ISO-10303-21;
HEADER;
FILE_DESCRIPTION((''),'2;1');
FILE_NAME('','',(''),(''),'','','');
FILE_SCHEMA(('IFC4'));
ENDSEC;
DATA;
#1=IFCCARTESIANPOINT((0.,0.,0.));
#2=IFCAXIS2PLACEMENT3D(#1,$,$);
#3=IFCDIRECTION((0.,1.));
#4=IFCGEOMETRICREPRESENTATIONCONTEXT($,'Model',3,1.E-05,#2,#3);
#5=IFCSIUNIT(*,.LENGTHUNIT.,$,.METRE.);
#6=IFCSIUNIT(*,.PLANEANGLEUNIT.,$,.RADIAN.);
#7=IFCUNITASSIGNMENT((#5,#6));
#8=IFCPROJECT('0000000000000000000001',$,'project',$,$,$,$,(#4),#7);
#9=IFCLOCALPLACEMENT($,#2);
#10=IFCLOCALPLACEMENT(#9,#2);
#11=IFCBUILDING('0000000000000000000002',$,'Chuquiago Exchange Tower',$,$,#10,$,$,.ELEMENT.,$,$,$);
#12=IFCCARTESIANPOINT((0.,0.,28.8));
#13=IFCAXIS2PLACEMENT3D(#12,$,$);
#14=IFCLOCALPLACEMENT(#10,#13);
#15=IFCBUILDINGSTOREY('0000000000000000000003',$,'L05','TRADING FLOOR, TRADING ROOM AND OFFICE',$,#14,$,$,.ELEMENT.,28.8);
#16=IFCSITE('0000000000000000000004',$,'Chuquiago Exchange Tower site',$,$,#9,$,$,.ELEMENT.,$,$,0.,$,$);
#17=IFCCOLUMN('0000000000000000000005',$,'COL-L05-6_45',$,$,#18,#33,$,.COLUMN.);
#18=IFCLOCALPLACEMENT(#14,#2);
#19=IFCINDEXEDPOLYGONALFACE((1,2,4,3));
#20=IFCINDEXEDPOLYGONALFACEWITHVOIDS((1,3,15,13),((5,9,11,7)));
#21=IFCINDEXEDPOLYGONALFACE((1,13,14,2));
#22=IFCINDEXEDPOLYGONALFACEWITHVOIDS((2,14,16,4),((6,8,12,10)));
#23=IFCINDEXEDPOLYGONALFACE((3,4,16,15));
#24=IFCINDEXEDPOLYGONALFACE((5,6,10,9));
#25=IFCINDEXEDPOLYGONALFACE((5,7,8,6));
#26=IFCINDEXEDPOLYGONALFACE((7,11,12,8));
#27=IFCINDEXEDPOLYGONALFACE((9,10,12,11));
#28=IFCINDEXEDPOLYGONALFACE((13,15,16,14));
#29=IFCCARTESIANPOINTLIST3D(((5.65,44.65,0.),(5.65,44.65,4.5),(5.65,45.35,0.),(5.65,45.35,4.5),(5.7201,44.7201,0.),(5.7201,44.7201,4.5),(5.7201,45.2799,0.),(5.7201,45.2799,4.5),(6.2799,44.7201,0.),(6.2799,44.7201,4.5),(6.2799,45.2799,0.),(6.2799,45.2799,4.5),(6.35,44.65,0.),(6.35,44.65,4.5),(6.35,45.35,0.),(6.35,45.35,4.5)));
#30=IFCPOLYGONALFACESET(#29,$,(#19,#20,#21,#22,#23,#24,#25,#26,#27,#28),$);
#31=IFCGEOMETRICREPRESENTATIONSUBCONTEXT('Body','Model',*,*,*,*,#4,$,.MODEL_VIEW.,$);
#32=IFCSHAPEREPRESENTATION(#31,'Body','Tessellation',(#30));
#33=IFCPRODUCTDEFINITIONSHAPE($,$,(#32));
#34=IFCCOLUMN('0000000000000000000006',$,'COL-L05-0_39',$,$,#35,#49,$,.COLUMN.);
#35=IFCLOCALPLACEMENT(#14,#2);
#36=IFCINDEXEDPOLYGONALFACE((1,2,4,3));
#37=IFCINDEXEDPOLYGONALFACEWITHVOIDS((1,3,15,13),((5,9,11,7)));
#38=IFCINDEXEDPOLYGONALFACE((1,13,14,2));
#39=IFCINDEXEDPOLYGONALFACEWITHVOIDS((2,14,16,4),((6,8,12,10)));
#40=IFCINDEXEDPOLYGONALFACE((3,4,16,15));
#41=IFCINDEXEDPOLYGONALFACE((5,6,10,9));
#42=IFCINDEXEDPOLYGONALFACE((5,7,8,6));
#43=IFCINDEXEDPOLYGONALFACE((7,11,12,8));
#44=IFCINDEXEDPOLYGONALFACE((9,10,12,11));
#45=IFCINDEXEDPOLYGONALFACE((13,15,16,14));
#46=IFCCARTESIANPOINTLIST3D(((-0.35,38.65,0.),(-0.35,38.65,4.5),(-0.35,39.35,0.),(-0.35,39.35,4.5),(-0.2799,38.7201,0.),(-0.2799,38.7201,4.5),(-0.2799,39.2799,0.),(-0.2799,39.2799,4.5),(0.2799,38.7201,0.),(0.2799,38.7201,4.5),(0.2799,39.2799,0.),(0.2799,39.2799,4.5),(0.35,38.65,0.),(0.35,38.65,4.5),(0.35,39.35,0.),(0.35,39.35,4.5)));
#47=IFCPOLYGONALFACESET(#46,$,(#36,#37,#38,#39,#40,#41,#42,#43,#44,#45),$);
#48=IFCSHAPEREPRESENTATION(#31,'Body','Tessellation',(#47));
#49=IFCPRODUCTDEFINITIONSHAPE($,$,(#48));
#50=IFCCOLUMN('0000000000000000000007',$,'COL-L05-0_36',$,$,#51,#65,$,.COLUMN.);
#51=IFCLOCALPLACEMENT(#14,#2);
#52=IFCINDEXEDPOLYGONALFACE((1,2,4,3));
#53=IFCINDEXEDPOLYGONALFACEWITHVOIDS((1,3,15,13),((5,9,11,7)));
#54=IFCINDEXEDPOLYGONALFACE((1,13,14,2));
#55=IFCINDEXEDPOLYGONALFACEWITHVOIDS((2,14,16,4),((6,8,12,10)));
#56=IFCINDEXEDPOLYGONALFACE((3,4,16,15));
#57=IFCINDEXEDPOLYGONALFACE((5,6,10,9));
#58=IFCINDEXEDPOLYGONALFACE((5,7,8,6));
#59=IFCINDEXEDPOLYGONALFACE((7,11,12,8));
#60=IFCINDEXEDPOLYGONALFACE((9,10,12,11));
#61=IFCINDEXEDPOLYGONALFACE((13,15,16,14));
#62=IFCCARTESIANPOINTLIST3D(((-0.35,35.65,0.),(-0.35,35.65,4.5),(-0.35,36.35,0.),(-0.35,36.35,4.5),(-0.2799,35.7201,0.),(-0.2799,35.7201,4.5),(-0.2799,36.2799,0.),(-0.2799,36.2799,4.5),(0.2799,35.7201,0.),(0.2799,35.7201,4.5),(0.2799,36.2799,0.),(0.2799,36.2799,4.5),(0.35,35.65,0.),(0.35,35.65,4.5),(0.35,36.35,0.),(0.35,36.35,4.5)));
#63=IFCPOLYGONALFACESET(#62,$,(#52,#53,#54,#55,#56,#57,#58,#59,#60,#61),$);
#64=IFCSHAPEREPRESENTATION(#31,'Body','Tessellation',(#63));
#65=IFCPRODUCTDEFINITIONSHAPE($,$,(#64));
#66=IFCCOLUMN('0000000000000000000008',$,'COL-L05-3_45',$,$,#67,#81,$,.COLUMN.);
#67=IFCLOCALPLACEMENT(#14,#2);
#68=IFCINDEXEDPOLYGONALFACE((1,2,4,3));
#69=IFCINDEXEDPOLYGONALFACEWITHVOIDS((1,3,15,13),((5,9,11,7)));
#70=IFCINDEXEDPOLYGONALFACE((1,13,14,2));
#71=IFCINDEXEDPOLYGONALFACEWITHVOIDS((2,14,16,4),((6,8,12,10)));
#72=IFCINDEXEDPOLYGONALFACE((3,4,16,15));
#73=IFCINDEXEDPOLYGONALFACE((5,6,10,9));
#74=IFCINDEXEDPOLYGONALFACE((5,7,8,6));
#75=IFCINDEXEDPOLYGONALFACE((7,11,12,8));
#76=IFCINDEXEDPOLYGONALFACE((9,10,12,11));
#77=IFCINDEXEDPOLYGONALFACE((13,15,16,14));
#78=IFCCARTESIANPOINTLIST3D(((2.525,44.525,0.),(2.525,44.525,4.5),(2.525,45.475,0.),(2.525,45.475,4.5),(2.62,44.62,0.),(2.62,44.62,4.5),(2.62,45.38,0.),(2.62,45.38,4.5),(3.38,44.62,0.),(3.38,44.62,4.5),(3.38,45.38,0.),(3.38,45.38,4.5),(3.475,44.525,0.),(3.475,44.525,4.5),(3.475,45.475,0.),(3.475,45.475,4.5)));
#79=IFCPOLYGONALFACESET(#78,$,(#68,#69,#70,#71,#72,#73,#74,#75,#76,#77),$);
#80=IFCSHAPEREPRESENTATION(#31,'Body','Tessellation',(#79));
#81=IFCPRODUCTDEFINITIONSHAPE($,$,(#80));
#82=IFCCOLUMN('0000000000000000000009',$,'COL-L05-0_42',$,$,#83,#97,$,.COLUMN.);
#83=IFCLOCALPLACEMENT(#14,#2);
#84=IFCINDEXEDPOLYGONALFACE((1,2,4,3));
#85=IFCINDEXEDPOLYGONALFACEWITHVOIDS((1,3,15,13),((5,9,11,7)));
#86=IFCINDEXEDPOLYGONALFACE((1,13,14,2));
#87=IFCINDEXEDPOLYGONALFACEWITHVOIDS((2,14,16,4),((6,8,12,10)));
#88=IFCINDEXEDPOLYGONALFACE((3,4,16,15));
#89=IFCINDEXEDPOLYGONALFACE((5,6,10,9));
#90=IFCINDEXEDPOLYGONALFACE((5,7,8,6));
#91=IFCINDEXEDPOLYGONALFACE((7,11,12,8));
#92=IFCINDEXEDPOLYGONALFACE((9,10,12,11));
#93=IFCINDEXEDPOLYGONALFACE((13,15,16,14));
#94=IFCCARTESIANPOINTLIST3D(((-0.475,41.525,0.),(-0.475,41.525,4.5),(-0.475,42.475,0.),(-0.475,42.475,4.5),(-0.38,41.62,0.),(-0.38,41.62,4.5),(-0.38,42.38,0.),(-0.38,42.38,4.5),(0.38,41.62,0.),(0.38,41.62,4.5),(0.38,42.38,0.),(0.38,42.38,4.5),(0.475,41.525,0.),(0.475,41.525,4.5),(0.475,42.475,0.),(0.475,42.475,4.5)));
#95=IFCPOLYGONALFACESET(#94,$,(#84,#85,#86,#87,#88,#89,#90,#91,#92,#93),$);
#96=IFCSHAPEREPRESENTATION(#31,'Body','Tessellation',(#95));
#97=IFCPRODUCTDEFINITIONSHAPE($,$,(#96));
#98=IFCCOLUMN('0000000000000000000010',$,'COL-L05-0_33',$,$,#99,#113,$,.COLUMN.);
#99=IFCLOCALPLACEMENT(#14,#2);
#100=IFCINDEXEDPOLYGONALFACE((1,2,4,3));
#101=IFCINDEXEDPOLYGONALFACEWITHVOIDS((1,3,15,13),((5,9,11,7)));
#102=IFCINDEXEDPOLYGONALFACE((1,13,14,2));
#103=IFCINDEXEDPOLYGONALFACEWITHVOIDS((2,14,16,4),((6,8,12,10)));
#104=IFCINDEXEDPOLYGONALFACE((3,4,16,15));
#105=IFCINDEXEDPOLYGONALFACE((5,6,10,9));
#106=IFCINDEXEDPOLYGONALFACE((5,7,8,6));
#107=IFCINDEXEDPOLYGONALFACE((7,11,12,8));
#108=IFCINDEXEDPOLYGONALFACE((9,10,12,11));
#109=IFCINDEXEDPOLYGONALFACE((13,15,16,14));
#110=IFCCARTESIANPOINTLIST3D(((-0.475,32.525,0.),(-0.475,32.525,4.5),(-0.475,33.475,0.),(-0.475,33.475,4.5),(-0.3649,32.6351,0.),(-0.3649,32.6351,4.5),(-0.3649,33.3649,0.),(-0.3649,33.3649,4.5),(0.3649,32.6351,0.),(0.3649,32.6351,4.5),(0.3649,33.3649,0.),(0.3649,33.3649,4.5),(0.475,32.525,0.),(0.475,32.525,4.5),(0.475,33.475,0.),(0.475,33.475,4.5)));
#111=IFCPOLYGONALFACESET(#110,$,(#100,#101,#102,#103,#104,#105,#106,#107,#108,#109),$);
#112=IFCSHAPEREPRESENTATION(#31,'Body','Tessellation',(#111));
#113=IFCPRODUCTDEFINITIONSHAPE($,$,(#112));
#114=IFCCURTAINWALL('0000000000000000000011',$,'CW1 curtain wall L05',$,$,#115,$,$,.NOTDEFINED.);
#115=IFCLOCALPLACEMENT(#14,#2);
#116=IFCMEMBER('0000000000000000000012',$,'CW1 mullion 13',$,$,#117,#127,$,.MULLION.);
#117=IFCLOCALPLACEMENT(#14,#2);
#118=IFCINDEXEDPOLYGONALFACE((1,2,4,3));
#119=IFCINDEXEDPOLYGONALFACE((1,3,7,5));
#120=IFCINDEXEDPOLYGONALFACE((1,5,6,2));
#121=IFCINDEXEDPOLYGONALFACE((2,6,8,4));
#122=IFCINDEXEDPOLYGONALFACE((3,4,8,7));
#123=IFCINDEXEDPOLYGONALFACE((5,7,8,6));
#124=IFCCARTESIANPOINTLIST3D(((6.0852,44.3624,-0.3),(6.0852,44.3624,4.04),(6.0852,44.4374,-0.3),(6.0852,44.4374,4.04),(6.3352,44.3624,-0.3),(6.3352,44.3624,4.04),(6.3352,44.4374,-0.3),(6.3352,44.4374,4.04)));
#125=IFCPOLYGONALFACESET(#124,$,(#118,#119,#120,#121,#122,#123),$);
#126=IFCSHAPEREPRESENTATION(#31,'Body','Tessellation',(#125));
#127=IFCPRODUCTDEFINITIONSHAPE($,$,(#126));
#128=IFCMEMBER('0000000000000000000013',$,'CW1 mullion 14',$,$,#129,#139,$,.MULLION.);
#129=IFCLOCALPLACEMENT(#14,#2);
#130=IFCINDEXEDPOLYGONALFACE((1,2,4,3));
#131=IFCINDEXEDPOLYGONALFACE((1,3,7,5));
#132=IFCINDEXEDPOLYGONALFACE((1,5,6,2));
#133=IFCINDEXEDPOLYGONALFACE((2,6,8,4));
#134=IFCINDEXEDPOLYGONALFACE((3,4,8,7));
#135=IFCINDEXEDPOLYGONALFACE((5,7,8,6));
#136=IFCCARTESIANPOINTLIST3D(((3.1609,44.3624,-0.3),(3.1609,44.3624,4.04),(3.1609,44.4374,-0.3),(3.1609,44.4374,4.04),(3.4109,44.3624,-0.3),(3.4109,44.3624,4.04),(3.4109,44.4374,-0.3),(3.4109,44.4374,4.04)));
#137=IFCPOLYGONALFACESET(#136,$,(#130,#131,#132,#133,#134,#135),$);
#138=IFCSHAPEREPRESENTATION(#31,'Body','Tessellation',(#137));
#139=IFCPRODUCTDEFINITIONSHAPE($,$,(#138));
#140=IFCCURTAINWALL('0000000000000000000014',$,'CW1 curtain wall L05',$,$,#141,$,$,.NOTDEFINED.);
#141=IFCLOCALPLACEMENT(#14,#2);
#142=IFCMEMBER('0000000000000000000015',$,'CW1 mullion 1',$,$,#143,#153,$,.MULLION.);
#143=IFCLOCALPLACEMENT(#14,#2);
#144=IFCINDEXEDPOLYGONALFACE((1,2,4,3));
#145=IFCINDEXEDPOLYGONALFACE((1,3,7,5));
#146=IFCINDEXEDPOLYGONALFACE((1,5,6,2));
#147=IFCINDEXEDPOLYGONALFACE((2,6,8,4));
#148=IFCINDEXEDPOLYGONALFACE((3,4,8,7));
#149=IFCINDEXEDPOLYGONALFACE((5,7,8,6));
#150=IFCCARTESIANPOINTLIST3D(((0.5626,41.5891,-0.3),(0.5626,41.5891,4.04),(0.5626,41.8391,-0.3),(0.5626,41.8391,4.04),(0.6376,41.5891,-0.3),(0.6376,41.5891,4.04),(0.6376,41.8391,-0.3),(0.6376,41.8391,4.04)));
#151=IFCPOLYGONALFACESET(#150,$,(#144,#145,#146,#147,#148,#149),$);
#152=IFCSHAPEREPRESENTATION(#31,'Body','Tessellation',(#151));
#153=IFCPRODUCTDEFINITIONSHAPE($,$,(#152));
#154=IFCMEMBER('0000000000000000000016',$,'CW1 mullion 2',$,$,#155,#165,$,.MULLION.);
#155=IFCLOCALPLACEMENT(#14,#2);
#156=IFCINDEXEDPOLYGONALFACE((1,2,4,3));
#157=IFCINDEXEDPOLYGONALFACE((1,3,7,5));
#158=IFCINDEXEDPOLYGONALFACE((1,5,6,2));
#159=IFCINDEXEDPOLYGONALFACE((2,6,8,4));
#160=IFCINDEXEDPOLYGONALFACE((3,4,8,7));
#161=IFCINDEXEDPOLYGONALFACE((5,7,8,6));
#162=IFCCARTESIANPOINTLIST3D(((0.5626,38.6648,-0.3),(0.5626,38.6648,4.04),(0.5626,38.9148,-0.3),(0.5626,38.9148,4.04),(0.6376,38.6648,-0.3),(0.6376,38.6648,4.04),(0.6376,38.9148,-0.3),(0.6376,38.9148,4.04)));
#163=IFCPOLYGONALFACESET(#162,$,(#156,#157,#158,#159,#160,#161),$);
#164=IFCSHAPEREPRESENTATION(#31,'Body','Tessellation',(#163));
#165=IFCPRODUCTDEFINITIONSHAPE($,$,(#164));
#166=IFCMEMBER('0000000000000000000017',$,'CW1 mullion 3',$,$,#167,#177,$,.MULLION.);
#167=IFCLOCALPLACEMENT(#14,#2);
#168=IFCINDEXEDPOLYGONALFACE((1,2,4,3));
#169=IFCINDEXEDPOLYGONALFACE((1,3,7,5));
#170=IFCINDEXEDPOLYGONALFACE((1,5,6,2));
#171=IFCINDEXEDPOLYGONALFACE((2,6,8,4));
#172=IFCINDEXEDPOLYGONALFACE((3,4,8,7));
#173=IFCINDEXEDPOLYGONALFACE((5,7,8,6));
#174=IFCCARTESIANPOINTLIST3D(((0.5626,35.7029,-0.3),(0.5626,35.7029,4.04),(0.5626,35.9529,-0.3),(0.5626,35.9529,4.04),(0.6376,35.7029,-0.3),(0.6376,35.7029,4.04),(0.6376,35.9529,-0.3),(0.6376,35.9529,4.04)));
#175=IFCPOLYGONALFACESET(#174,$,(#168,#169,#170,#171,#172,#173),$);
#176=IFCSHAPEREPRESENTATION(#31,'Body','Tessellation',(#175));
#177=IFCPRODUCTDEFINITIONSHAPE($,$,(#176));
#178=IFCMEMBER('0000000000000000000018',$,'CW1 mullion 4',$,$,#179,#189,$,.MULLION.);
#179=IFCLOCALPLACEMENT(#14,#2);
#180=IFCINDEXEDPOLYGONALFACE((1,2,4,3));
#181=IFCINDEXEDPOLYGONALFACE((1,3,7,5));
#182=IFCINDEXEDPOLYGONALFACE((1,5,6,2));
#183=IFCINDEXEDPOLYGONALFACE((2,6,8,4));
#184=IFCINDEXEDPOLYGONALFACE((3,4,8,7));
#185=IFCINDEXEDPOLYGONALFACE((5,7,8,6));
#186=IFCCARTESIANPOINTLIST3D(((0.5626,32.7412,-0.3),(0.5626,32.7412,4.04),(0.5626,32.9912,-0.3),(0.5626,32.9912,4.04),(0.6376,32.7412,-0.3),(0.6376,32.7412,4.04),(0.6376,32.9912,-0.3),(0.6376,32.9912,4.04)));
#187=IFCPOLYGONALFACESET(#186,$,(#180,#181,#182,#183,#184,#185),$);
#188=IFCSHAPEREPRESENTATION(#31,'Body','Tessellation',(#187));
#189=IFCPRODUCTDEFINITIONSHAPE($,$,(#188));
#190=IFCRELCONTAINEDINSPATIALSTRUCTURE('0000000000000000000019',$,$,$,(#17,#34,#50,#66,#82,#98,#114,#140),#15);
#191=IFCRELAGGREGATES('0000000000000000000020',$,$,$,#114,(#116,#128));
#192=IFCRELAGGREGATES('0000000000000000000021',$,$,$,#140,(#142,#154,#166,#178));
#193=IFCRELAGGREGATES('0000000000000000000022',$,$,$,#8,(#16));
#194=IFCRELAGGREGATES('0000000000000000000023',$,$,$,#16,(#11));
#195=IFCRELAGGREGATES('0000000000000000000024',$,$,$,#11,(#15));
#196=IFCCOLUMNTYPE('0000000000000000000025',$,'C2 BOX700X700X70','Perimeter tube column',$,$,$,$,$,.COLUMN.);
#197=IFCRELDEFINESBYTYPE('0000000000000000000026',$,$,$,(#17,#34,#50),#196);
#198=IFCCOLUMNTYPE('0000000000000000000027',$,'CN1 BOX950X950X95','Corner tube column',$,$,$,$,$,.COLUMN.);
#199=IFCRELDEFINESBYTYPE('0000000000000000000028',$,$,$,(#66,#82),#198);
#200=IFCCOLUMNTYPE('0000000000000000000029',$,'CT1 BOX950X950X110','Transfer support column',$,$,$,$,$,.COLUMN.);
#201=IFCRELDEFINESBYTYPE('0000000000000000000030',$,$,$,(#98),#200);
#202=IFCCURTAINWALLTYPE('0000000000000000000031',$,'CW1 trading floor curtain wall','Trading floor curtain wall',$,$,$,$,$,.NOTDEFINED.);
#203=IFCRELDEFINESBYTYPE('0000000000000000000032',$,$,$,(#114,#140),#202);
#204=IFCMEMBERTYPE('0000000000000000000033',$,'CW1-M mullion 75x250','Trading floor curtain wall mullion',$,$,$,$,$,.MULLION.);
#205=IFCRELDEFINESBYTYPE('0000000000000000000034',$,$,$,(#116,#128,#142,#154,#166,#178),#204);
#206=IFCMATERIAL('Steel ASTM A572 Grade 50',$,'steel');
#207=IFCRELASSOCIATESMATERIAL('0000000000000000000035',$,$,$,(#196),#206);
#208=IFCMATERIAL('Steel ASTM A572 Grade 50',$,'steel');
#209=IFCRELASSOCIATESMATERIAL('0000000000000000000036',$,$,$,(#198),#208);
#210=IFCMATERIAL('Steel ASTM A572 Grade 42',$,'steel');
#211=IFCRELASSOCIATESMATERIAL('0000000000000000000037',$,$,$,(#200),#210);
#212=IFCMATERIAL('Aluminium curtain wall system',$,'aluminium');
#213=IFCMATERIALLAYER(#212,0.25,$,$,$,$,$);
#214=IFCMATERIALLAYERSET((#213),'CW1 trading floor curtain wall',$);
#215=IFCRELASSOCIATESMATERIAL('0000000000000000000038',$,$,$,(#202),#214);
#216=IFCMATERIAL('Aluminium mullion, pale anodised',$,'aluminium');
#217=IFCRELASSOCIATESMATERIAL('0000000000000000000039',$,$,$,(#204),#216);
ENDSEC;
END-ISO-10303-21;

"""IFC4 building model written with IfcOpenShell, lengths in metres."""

from ifc_helpers import new_model, si_unit, direction, frame, origin, origin_2d, place, context, subcontext, project, spatial, rectangle, hollow_rectangle, extrude, material, layer, layer_set, material_profile, profile_set, type_object, element, aggregate, save


model = new_model("IFC4")

# Units and contexts
model_context = context("Model", 3, precision=1e-05, world=origin(), true_north=direction((0.0, 1.0)))
body_context = subcontext(model_context, "Body", "Model", "MODEL_VIEW")
ifc_project = project(units=[si_unit("LENGTHUNIT", "METRE"), si_unit("PLANEANGLEUNIT", "RADIAN")], contexts=[model_context])

# Site, building, storey
site_placement = place(None, origin())
site = spatial("IfcSite", under=ifc_project, at=site_placement, Name="Chuquiago Exchange Tower site", CompositionType="ELEMENT", RefElevation=0.0)
building_placement = place(site_placement, origin())
building = spatial("IfcBuilding", under=site, at=building_placement, Name="Chuquiago Exchange Tower", CompositionType="ELEMENT")
storey_placement = place(building_placement, frame((0.0, 0.0, 28.8)))
storey = spatial("IfcBuildingStorey", under=building, at=storey_placement, Name="L05", Description="TRADING FLOOR, TRADING ROOM AND OFFICE", CompositionType="ELEMENT", Elevation=28.8)

# Columns
ifc_material_1 = material(Name="Steel ASTM A572 Grade 50", Category="steel")
ifc_material_profile_1 = material_profile(ifc_material_1, hollow_rectangle(XDim=0.7, YDim=0.7, WallThickness=0.0701, at=origin_2d()), Name="BOX700X700X70")
ifc_profile_set_1 = profile_set([ifc_material_profile_1], Name="Steel ASTM A572 Grade 50")
column_type_1 = type_object("IfcColumnType", Name="C2 BOX700X700X70", Description="Perimeter tube column", PredefinedType="COLUMN", material=ifc_profile_set_1)
for number, where, z_axis, x_axis, name in (
    (1, (6.0, 45.0, 0.0), (0.0, 0.0, 1.0), (0.0, 1.0, 0.0), "COL-L05-6_45"),
    (2, (0.0, 39.0, 0.0), (0.0, 0.0, 1.0), (-1.0, 0.0, 0.0), "COL-L05-0_39"),
    (3, (0.0, 36.0, 0.0), (0.0, 0.0, 1.0), (-1.0, 0.0, 0.0), "COL-L05-0_36"),
):
    element("IfcColumn", number, at=place(storey_placement, frame(where, z_axis=z_axis, x_axis=x_axis)), inside=storey, type_object=column_type_1, Name=name, PredefinedType="COLUMN", context=body_context, shape_type="SweptSolid", body=[
        extrude(hollow_rectangle(XDim=0.7, YDim=0.7, WallThickness=0.0701, at=origin_2d()), origin(), (0.0, 0.0, 1.0), 4.5),
    ])
ifc_material_2 = material(Name="Steel ASTM A572 Grade 50", Category="steel")
ifc_material_profile_2 = material_profile(ifc_material_2, hollow_rectangle(XDim=0.95, YDim=0.95, WallThickness=0.095, at=origin_2d()), Name="BOX950X950X95")
ifc_profile_set_2 = profile_set([ifc_material_profile_2], Name="Steel ASTM A572 Grade 50")
column_type_2 = type_object("IfcColumnType", Name="CN1 BOX950X950X95", Description="Corner tube column", PredefinedType="COLUMN", material=ifc_profile_set_2)
for number, where, z_axis, x_axis, name in (
    (4, (3.0, 45.0, 0.0), (0.0, 0.0, 1.0), (0.0, 1.0, 0.0), "COL-L05-3_45"),
    (5, (0.0, 42.0, 0.0), (0.0, 0.0, 1.0), (-1.0, 0.0, 0.0), "COL-L05-0_42"),
):
    element("IfcColumn", number, at=place(storey_placement, frame(where, z_axis=z_axis, x_axis=x_axis)), inside=storey, type_object=column_type_2, Name=name, PredefinedType="COLUMN", context=body_context, shape_type="SweptSolid", body=[
        extrude(hollow_rectangle(XDim=0.95, YDim=0.95, WallThickness=0.095, at=origin_2d()), origin(), (0.0, 0.0, 1.0), 4.5),
    ])
ifc_material_3 = material(Name="Steel ASTM A572 Grade 42", Category="steel")
ifc_material_profile_3 = material_profile(ifc_material_3, hollow_rectangle(XDim=0.95, YDim=0.95, WallThickness=0.1101, at=origin_2d()), Name="BOX950X950X110")
ifc_profile_set_3 = profile_set([ifc_material_profile_3], Name="Steel ASTM A572 Grade 42")
column_type_3 = type_object("IfcColumnType", Name="CT1 BOX950X950X110", Description="Transfer support column", PredefinedType="COLUMN", material=ifc_profile_set_3)
column_placement = place(storey_placement, frame((0.0, 33.0, 0.0), z_axis=(0.0, 0.0, 1.0), x_axis=(-1.0, 0.0, 0.0)))
element("IfcColumn", 6, at=column_placement, inside=storey, type_object=column_type_3, Name="COL-L05-0_33", PredefinedType="COLUMN", context=body_context, shape_type="SweptSolid", body=[
    extrude(hollow_rectangle(XDim=0.95, YDim=0.95, WallThickness=0.1101, at=origin_2d()), origin(), (0.0, 0.0, 1.0), 4.5),
])

# Curtain walls, members
ifc_material_4 = material(Name="Aluminium curtain wall system", Category="aluminium")
ifc_layer_1 = layer(ifc_material_4, 0.25)
ifc_layer_set_1 = layer_set([ifc_layer_1], Name="CW1 trading floor curtain wall")
curtain_wall_type_1 = type_object("IfcCurtainWallType", Name="CW1 trading floor curtain wall", Description="Trading floor curtain wall", PredefinedType="NOTDEFINED", material=ifc_layer_set_1)
curtain_wall_1_placement = place(storey_placement, origin())
curtain_wall_1 = element("IfcCurtainWall", 7, at=curtain_wall_1_placement, inside=storey, type_object=curtain_wall_type_1, Name="CW1 curtain wall L05", PredefinedType="NOTDEFINED")
ifc_material_5 = material(Name="Aluminium mullion, pale anodised", Category="aluminium")
ifc_material_profile_4 = material_profile(ifc_material_5, rectangle(XDim=0.075, YDim=0.25, at=origin_2d()), Name="AL 75x250")
ifc_profile_set_4 = profile_set([ifc_material_profile_4], Name="Aluminium mullion, pale anodised")
member_type_1 = type_object("IfcMemberType", Name="CW1-M mullion 75x250", Description="Trading floor curtain wall mullion", PredefinedType="MULLION", material=ifc_profile_set_4)
member_1_placement = place(storey_placement, frame((6.2102, 44.3999, -0.3), z_axis=(0.0, 0.0, 1.0), x_axis=(0.0, -1.0, 0.0)))
member_1 = element("IfcMember", 8, at=member_1_placement, type_object=member_type_1, Name="CW1 mullion 13", PredefinedType="MULLION", context=body_context, shape_type="SweptSolid", body=[
    extrude(rectangle(XDim=0.075, YDim=0.25, at=origin_2d()), origin(), (0.0, 0.0, 1.0), 4.3401),
])
member_2_placement = place(storey_placement, frame((3.2859, 44.3999, -0.3), z_axis=(0.0, 0.0, 1.0), x_axis=(0.0, -1.0, 0.0)))
member_2 = element("IfcMember", 9, at=member_2_placement, type_object=member_type_1, Name="CW1 mullion 14", PredefinedType="MULLION", context=body_context, shape_type="SweptSolid", body=[
    extrude(rectangle(XDim=0.075, YDim=0.25, at=origin_2d()), origin(), (0.0, 0.0, 1.0), 4.3401),
])
curtain_wall_2_placement = place(storey_placement, origin())
curtain_wall_2 = element("IfcCurtainWall", 10, at=curtain_wall_2_placement, inside=storey, type_object=curtain_wall_type_1, Name="CW1 curtain wall L05", PredefinedType="NOTDEFINED")
member_3_placement = place(storey_placement, frame((0.6001, 41.7141, -0.3), z_axis=(0.0, 0.0, 1.0), x_axis=(1.0, 0.0, 0.0)))
member_3 = element("IfcMember", 11, at=member_3_placement, type_object=member_type_1, Name="CW1 mullion 1", PredefinedType="MULLION", context=body_context, shape_type="SweptSolid", body=[
    extrude(rectangle(XDim=0.075, YDim=0.25, at=origin_2d()), origin(), (0.0, 0.0, 1.0), 4.3401),
])
member_4_placement = place(storey_placement, frame((0.6001, 38.7898, -0.3), z_axis=(0.0, 0.0, 1.0), x_axis=(1.0, 0.0, 0.0)))
member_4 = element("IfcMember", 12, at=member_4_placement, type_object=member_type_1, Name="CW1 mullion 2", PredefinedType="MULLION", context=body_context, shape_type="SweptSolid", body=[
    extrude(rectangle(XDim=0.075, YDim=0.25, at=origin_2d()), origin(), (0.0, 0.0, 1.0), 4.3401),
])
member_5_placement = place(storey_placement, frame((0.6001, 35.8279, -0.3), z_axis=(0.0, 0.0, 1.0), x_axis=(1.0, 0.0, 0.0)))
member_5 = element("IfcMember", 13, at=member_5_placement, type_object=member_type_1, Name="CW1 mullion 3", PredefinedType="MULLION", context=body_context, shape_type="SweptSolid", body=[
    extrude(rectangle(XDim=0.075, YDim=0.25, at=origin_2d()), origin(), (0.0, 0.0, 1.0), 4.3401),
])
member_6_placement = place(storey_placement, frame((0.6001, 32.8662, -0.3), z_axis=(0.0, 0.0, 1.0), x_axis=(1.0, 0.0, 0.0)))
member_6 = element("IfcMember", 14, at=member_6_placement, type_object=member_type_1, Name="CW1 mullion 4", PredefinedType="MULLION", context=body_context, shape_type="SweptSolid", body=[
    extrude(rectangle(XDim=0.075, YDim=0.25, at=origin_2d()), origin(), (0.0, 0.0, 1.0), 4.3401),
])

aggregate(curtain_wall_1, [member_1, member_2])
aggregate(curtain_wall_2, [member_3, member_4, member_5, member_6])

save(model, "model.ifc")
